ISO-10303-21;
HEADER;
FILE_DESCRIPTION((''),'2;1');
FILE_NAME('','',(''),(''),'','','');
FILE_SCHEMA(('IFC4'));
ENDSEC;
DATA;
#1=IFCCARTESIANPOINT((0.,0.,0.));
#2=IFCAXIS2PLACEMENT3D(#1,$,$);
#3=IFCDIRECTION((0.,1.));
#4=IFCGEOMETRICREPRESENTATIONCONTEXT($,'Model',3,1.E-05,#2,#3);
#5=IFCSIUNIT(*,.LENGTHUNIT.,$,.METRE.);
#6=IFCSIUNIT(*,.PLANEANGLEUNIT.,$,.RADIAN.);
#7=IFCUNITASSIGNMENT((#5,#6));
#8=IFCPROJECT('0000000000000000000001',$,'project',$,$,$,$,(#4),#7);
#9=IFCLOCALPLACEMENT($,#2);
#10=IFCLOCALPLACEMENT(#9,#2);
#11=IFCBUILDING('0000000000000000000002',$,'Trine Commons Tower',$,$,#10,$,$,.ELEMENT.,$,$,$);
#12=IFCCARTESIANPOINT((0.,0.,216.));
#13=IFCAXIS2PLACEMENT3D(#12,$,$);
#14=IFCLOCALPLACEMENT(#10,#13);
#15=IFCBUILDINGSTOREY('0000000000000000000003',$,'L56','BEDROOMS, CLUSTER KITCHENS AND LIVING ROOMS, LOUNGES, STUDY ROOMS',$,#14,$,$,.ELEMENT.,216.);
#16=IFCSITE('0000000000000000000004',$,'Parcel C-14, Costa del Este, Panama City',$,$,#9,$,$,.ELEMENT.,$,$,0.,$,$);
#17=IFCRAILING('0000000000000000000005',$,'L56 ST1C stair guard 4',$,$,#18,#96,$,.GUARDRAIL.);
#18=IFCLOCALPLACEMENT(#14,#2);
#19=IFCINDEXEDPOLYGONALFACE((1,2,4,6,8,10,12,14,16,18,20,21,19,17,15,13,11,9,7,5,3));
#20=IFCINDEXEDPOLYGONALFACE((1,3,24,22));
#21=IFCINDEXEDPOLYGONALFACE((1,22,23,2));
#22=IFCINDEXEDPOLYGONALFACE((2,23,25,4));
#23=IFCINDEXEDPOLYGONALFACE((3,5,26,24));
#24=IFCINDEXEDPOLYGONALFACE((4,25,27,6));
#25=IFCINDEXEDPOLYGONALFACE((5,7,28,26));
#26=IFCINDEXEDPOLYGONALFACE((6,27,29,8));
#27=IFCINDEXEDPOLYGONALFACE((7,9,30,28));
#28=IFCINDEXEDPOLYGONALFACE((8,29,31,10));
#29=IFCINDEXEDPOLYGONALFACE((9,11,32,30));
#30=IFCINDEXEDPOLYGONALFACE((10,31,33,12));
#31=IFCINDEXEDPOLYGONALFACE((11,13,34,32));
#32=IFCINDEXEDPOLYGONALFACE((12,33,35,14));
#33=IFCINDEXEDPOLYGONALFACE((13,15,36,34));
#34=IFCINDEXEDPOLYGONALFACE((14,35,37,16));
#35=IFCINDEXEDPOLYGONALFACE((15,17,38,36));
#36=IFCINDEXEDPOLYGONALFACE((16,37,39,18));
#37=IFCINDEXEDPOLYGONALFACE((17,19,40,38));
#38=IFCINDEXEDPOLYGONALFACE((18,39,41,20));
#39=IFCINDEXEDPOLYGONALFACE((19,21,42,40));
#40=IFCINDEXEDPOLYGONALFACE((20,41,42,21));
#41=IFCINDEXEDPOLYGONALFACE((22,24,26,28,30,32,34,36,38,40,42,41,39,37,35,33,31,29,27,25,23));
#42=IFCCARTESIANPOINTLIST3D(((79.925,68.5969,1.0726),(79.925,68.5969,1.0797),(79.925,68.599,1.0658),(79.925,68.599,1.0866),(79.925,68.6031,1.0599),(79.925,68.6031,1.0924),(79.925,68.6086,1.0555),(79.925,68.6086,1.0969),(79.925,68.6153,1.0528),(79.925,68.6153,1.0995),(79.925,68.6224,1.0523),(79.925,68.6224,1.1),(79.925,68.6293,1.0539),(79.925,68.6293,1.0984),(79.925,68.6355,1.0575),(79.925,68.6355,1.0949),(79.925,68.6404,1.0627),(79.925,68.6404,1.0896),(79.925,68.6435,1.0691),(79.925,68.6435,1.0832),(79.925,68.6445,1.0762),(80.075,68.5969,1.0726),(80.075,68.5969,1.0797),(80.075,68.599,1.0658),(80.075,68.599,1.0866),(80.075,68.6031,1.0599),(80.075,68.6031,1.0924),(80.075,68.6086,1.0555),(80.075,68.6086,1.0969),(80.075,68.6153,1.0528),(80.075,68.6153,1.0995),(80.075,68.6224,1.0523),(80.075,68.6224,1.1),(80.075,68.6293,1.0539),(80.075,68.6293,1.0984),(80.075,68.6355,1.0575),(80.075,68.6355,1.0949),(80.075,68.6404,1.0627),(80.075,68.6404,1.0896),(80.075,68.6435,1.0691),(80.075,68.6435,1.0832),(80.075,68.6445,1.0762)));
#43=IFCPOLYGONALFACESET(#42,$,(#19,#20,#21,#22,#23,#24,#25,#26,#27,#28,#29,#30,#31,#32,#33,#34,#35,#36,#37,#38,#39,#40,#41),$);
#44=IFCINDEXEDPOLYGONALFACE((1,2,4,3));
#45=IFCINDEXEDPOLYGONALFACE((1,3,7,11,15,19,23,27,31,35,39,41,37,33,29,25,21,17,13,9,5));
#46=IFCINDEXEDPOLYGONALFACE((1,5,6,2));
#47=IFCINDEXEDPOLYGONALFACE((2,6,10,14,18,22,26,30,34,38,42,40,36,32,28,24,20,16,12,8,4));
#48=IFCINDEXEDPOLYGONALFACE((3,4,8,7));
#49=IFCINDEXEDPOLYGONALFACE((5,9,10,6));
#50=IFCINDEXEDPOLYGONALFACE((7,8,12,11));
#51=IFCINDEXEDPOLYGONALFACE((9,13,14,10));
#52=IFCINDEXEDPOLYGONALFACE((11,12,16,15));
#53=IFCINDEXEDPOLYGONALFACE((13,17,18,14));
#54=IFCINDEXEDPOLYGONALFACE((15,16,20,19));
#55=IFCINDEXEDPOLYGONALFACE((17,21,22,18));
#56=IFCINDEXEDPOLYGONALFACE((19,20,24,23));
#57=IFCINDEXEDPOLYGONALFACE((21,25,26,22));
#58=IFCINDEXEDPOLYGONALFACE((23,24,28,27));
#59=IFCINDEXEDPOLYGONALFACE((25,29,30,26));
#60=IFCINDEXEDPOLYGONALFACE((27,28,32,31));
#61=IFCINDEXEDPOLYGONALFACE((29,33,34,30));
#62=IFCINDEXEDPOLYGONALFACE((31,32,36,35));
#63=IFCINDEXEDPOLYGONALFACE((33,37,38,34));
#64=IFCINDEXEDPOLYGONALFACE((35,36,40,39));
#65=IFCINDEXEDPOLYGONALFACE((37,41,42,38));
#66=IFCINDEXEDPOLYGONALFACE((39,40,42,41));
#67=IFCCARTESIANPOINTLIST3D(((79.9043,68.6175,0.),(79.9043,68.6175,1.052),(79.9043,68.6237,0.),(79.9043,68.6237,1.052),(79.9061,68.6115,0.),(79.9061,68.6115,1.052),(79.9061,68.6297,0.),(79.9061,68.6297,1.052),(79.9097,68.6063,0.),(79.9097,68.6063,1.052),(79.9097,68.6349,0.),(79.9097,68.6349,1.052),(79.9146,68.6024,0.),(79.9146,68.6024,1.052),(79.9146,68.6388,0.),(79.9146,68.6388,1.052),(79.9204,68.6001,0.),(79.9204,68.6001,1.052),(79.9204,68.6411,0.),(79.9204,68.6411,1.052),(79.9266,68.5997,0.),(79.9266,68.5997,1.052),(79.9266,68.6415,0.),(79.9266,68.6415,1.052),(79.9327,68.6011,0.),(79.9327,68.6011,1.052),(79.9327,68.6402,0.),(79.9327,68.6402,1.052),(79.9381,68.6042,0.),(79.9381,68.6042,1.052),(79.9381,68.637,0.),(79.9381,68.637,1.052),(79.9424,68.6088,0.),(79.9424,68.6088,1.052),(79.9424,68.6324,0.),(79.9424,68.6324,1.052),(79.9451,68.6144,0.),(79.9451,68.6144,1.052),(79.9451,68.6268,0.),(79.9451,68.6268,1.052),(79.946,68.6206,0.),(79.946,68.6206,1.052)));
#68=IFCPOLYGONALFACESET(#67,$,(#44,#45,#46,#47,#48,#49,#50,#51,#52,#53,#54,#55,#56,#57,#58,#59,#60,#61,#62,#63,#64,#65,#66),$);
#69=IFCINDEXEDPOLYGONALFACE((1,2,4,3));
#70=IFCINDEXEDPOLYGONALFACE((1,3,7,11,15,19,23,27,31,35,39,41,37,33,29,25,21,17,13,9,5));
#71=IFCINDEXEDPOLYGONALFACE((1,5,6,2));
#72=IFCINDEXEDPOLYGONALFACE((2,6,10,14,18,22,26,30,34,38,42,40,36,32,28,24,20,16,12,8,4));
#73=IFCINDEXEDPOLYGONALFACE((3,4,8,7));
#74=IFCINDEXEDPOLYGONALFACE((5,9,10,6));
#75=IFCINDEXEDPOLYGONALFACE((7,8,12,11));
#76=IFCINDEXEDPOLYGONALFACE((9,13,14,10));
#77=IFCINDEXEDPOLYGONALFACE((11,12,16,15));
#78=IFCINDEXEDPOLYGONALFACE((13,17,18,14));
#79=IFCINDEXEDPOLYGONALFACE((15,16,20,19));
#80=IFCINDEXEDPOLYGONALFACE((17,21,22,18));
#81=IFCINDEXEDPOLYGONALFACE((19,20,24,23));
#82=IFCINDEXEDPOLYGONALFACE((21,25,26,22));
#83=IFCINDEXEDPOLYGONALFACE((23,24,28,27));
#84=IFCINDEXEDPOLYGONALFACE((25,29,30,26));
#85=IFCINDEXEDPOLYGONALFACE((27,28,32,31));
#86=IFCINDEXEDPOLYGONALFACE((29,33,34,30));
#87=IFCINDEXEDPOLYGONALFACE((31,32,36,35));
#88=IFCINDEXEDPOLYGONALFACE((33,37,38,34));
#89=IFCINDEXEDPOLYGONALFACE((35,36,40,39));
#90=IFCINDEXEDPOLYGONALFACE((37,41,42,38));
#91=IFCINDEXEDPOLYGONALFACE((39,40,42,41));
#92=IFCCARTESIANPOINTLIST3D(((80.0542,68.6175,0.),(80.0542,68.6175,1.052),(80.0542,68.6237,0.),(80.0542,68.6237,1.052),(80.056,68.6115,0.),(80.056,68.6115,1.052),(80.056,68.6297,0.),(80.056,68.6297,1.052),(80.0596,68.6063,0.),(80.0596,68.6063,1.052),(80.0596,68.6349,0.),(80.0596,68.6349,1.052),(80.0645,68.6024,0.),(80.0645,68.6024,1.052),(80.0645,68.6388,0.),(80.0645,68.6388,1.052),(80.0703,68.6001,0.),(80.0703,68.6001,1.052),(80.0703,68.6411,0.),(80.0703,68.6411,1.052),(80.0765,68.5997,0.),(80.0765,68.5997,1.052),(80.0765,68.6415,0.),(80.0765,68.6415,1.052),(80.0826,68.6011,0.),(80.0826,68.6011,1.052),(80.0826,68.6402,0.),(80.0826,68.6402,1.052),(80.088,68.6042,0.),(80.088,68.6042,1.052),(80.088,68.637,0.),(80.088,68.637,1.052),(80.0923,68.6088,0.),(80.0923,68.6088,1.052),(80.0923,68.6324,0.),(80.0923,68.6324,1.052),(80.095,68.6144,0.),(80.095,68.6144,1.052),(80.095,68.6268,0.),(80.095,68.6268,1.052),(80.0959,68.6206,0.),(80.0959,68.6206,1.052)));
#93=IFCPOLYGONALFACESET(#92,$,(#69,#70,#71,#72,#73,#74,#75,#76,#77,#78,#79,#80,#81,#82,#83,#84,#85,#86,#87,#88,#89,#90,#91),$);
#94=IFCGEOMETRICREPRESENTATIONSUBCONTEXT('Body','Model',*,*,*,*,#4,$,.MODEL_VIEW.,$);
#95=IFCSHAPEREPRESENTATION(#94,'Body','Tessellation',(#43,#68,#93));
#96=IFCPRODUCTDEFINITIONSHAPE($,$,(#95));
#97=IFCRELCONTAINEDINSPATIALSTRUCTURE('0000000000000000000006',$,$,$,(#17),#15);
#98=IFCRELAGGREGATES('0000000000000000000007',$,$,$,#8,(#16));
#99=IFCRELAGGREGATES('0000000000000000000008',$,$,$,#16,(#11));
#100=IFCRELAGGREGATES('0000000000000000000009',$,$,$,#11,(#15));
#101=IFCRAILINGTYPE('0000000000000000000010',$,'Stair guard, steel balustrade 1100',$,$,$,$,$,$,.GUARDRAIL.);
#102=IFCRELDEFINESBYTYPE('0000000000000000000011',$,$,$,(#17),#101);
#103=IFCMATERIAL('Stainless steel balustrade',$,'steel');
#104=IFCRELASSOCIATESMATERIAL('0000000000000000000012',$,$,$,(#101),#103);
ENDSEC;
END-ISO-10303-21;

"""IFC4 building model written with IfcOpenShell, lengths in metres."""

from ifc_helpers import new_model, si_unit, direction, frame, origin, origin_2d, place, context, subcontext, project, spatial, circle, extrude, material, type_object, element, save


model = new_model("IFC4")

# Units and contexts
model_context = context("Model", 3, precision=1e-05, world=origin(), true_north=direction((0.0, 1.0)))
body_context = subcontext(model_context, "Body", "Model", "MODEL_VIEW")
ifc_project = project(units=[si_unit("LENGTHUNIT", "METRE"), si_unit("PLANEANGLEUNIT", "RADIAN")], contexts=[model_context])

# Site, building, storey
site_placement = place(None, origin())
site = spatial("IfcSite", under=ifc_project, at=site_placement, Name="Parcel C-14, Costa del Este, Panama City", CompositionType="ELEMENT", RefElevation=0.0)
building_placement = place(site_placement, origin())
building = spatial("IfcBuilding", under=site, at=building_placement, Name="Trine Commons Tower", CompositionType="ELEMENT")
storey_placement = place(building_placement, frame((0.0, 0.0, 216.0)))
storey = spatial("IfcBuildingStorey", under=building, at=storey_placement, Name="L56", Description="BEDROOMS, CLUSTER KITCHENS AND LIVING ROOMS, LOUNGES, STUDY ROOMS", CompositionType="ELEMENT", Elevation=216.0)

# Railing
ifc_material_1 = material(Name="Stainless steel balustrade", Category="steel")
railing_type_1 = type_object("IfcRailingType", Name="Stair guard, steel balustrade 1100", PredefinedType="GUARDRAIL", material=ifc_material_1)
railing_1_placement = place(storey_placement, frame((79.925, 68.6206, 0.0)))
element("IfcRailing", 1, at=railing_1_placement, inside=storey, type_object=railing_type_1, Name="L56 ST1C stair guard 4", PredefinedType="GUARDRAIL", context=body_context, shape_type="SweptSolid", body=[
    extrude(circle(Radius=0.0239, at=origin_2d()), frame((0.0, 0.0, 1.0762), z_axis=(1.0, 0.0, 0.0), x_axis=(0.0, 1.0, 0.0)), (0.0, 0.0, 1.0), 0.1499),
    extrude(circle(Radius=0.021, at=origin_2d()), origin(), (0.0, 0.0, 1.0), 1.052),
    extrude(circle(Radius=0.021, at=origin_2d()), frame((0.1499, 0.0, 0.0)), (0.0, 0.0, 1.0), 1.052),
])

save(model, "model.ifc")
